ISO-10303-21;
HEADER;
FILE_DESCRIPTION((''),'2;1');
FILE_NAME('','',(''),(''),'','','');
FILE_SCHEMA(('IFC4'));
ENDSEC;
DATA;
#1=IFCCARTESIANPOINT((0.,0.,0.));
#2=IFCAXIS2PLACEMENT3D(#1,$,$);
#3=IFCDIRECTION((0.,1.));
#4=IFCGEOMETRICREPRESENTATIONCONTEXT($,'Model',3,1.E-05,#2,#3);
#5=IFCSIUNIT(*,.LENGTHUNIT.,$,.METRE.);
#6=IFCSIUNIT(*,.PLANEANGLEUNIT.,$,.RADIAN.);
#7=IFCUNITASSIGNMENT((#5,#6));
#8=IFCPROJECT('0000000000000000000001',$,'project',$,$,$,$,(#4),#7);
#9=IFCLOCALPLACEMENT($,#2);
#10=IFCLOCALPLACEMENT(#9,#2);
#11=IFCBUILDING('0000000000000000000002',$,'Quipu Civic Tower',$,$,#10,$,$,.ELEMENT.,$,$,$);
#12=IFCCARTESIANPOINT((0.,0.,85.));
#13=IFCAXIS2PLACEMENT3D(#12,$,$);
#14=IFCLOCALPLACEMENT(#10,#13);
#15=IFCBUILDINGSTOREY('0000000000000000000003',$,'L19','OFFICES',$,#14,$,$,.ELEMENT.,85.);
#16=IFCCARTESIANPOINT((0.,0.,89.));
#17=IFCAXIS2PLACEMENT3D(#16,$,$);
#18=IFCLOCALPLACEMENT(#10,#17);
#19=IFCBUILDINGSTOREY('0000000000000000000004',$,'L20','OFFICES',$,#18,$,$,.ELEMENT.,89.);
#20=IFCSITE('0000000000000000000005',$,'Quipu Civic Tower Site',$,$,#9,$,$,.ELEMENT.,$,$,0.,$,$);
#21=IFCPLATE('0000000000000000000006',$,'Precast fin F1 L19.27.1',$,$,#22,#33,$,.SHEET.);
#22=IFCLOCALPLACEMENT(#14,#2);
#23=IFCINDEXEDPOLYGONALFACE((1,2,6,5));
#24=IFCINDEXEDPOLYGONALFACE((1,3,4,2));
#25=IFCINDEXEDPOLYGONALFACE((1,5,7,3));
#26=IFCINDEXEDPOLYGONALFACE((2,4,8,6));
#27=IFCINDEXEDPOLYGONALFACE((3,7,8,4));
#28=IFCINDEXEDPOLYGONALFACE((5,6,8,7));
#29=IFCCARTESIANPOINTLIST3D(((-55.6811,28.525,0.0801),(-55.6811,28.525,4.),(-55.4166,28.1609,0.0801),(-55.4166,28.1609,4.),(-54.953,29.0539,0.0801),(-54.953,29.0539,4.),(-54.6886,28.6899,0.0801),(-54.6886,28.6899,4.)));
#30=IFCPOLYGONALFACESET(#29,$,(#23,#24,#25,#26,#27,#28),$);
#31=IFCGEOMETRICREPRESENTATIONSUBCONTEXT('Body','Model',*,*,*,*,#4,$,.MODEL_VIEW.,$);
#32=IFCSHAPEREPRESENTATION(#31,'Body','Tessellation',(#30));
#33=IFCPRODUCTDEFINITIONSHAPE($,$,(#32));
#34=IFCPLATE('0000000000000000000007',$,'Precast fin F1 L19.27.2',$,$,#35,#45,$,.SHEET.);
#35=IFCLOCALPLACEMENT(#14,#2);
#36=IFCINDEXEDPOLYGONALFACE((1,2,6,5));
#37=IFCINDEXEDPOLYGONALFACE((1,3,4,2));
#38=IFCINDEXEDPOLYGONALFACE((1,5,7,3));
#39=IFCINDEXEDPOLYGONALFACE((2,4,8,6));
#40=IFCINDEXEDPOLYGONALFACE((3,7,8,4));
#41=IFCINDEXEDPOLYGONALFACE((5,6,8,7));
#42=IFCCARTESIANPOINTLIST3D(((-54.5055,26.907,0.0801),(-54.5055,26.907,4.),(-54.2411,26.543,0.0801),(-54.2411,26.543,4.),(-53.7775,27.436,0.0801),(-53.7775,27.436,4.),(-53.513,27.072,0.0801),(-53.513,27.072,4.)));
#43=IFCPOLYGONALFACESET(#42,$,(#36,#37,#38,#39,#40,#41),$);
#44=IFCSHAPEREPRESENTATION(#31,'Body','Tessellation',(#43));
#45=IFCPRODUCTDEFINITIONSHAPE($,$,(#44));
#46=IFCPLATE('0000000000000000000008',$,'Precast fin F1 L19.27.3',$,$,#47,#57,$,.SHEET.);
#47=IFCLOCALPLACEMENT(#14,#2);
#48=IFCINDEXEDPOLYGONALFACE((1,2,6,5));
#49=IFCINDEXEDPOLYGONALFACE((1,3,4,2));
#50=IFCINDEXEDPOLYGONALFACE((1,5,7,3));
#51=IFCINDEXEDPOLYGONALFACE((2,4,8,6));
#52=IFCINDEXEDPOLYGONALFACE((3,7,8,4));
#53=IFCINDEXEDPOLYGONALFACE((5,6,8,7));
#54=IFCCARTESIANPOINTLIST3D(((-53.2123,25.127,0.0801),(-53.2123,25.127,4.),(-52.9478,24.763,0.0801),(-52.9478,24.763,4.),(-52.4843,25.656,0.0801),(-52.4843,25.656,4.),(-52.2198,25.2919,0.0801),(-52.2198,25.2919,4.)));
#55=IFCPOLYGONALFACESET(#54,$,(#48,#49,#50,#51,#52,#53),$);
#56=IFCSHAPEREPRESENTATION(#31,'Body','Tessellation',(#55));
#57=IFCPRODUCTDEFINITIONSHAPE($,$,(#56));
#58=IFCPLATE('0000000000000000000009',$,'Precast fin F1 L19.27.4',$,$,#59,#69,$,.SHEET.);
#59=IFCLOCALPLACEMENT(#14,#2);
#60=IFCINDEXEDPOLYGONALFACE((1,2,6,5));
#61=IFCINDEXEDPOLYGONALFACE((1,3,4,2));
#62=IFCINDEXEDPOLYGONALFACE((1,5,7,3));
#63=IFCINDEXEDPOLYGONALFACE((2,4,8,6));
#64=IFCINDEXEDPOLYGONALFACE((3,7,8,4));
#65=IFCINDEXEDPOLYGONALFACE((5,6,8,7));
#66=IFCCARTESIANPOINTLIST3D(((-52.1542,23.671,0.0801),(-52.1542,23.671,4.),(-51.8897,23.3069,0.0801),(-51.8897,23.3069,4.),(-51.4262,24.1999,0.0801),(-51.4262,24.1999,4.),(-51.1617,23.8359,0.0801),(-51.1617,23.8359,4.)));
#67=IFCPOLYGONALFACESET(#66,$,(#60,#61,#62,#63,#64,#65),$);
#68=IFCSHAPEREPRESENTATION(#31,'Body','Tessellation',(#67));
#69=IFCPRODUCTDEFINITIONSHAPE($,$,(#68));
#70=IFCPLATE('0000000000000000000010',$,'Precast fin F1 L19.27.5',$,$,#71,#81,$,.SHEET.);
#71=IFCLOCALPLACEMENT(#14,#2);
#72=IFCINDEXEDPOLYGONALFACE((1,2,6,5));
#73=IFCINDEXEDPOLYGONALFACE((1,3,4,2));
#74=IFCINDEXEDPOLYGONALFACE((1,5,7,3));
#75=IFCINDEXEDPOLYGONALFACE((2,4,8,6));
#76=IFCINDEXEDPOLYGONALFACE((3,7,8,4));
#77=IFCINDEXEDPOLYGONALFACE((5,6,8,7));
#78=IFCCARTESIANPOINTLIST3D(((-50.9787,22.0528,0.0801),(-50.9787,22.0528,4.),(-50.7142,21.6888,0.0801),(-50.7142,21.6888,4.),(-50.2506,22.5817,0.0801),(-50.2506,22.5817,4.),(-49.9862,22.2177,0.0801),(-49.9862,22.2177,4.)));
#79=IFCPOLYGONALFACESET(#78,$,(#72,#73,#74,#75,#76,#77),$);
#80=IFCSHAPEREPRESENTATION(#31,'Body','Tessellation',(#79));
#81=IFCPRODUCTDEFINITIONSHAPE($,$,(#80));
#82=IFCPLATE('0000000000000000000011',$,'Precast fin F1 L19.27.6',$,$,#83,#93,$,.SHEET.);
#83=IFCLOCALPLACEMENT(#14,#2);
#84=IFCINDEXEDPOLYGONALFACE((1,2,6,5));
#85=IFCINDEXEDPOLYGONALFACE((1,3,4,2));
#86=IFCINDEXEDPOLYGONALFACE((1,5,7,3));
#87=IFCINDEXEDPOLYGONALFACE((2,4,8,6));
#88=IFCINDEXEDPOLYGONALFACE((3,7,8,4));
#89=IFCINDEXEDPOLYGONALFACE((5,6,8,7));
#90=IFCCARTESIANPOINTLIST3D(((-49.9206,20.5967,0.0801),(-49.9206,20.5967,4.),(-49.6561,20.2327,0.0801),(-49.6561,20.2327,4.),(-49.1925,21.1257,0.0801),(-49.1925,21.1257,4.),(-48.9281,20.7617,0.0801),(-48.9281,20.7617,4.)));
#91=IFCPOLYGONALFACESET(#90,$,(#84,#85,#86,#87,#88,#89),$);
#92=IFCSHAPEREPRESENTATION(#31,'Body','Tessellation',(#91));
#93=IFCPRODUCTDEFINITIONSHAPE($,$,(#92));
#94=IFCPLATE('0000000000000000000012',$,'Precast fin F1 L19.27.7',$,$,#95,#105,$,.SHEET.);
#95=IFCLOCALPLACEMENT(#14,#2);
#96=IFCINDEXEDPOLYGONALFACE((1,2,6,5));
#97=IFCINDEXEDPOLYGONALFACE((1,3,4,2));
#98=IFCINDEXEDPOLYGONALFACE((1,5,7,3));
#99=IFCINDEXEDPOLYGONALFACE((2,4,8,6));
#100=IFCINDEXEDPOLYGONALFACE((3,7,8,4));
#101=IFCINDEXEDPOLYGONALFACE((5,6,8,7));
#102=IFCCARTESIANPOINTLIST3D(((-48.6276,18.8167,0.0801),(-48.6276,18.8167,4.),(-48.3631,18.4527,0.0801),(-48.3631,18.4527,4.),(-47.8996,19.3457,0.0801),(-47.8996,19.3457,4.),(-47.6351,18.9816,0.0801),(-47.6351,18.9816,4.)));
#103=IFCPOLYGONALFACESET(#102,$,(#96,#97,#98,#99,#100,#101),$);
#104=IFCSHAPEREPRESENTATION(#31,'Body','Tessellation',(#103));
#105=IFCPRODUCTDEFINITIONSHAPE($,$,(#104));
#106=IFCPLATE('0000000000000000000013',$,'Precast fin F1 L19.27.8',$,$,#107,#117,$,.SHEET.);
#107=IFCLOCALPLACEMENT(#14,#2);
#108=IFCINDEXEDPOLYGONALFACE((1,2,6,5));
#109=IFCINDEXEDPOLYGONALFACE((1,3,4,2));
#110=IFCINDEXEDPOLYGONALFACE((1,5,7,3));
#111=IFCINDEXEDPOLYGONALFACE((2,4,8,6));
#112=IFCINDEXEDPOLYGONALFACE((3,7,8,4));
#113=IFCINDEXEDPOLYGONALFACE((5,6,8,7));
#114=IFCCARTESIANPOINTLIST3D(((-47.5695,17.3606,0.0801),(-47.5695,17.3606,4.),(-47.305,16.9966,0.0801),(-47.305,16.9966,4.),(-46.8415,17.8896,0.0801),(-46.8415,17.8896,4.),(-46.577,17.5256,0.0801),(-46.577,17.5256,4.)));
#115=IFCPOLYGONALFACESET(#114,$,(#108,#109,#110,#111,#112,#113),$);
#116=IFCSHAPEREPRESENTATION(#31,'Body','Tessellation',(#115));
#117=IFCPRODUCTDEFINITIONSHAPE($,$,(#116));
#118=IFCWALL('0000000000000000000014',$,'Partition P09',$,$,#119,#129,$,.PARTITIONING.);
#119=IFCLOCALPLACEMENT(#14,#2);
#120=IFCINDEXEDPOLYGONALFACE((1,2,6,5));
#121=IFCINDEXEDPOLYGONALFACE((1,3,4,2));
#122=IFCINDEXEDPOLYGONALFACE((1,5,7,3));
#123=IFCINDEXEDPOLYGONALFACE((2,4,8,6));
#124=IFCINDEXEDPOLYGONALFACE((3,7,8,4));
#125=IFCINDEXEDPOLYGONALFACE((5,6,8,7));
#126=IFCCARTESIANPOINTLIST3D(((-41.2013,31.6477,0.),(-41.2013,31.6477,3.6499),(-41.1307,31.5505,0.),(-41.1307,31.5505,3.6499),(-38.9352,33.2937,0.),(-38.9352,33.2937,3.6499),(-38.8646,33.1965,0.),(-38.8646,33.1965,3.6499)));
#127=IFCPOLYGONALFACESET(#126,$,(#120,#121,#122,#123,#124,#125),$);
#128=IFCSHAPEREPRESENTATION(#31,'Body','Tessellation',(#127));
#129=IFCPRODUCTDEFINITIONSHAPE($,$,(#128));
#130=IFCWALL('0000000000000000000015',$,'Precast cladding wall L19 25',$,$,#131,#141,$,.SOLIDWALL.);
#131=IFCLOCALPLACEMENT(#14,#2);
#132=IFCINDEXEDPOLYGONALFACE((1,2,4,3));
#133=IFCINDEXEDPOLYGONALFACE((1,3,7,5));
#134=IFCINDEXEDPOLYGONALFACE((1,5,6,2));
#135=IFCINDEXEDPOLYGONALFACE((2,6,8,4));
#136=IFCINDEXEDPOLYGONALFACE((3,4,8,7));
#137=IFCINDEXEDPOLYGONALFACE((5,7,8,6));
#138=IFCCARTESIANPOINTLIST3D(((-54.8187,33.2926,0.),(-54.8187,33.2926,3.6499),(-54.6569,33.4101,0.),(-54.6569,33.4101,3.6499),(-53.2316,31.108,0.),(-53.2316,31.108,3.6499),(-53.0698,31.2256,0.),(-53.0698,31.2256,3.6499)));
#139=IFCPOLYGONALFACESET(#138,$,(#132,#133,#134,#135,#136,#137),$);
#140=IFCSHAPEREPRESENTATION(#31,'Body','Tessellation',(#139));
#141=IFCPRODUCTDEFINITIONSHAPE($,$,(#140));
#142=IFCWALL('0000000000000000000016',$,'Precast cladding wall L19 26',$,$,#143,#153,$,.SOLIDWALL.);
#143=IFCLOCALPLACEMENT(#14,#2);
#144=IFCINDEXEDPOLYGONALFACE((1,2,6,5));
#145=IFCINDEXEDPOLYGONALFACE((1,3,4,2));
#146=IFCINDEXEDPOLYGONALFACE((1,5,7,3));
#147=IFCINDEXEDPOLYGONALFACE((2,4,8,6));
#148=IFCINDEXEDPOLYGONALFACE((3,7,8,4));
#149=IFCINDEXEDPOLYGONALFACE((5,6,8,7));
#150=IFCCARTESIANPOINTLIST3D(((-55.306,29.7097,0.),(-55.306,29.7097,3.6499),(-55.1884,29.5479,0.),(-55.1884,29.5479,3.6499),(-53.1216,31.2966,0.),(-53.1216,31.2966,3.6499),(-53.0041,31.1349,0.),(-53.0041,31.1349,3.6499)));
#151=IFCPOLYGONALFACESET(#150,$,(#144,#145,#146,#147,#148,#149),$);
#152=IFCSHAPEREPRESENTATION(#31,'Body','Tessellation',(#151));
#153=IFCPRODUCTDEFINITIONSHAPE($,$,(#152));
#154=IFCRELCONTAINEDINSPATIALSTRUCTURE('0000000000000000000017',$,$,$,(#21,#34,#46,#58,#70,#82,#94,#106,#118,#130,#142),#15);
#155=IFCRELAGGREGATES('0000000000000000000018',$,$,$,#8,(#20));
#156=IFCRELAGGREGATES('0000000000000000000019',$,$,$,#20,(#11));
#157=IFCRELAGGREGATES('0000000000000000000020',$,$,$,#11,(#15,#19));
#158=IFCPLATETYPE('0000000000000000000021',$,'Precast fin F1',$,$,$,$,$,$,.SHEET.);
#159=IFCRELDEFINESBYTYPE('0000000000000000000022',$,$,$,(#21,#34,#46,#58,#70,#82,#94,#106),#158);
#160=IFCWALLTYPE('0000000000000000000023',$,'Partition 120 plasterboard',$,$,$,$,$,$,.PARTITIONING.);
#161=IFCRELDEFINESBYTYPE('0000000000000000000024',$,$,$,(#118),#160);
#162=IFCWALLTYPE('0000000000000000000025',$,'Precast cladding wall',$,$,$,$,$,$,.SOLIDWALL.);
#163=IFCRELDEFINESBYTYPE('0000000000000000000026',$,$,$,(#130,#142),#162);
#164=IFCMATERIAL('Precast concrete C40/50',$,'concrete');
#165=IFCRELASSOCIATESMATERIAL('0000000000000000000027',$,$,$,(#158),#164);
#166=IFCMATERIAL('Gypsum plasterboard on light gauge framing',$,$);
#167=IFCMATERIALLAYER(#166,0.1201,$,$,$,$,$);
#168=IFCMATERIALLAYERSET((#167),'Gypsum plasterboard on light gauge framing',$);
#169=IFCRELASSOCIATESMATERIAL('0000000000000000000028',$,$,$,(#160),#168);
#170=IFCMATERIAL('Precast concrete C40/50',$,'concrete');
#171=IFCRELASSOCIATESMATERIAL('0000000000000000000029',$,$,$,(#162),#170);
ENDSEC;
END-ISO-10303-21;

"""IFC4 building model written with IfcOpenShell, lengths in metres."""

from ifc_helpers import new_model, si_unit, direction, frame, frame_2d, origin, origin_2d, place, context, subcontext, project, spatial, rectangle, extrude, material, layer, layer_set, type_object, element, save


model = new_model("IFC4")

# Units and contexts
model_context = context("Model", 3, precision=1e-05, world=origin(), true_north=direction((0.0, 1.0)))
body_context = subcontext(model_context, "Body", "Model", "MODEL_VIEW")
ifc_project = project(units=[si_unit("LENGTHUNIT", "METRE"), si_unit("PLANEANGLEUNIT", "RADIAN")], contexts=[model_context])

# Site, building, storey
site_placement = place(None, origin())
site = spatial("IfcSite", under=ifc_project, at=site_placement, Name="Quipu Civic Tower Site", CompositionType="ELEMENT", RefElevation=0.0)
building_placement = place(site_placement, origin())
building = spatial("IfcBuilding", under=site, at=building_placement, Name="Quipu Civic Tower", CompositionType="ELEMENT")
storey_1_placement = place(building_placement, frame((0.0, 0.0, 85.0)))
storey_1 = spatial("IfcBuildingStorey", under=building, at=storey_1_placement, Name="L19", Description="OFFICES", CompositionType="ELEMENT", Elevation=85.0)

# Shared definitions
storey_2_placement = place(building_placement, frame((0.0, 0.0, 89.0)))
storey_2 = spatial("IfcBuildingStorey", under=building, at=storey_2_placement, Name="L20", Description="OFFICES", CompositionType="ELEMENT", Elevation=89.0)

# Plates
ifc_material_1 = material(Name="Precast concrete C40/50", Category="concrete")
plate_type_1 = type_object("IfcPlateType", Name="Precast fin F1", PredefinedType="SHEET", material=ifc_material_1)
for number, where, z_axis, x_axis, name in (
    (1, (-55.1848, 28.6074, 0.0801), (0.0, 0.0, 1.0), (0.587786, -0.809017, 0.0), "Precast fin F1 L19.27.1"),
    (2, (-54.0093, 26.9895, 0.0801), (0.0, 0.0, 1.0), (0.587786, -0.809017, 0.0), "Precast fin F1 L19.27.2"),
    (3, (-52.7161, 25.2095, 0.0801), (0.0, 0.0, 1.0), (0.587786, -0.809017, 0.0), "Precast fin F1 L19.27.3"),
    (4, (-51.658, 23.7534, 0.0801), (0.0, 0.0, 1.0), (0.587786, -0.809017, 0.0), "Precast fin F1 L19.27.4"),
    (5, (-50.4824, 22.1353, 0.0801), (0.0, 0.0, 1.0), (0.587786, -0.809017, 0.0), "Precast fin F1 L19.27.5"),
    (6, (-49.4243, 20.6792, 0.0801), (0.0, 0.0, 1.0), (0.587786, -0.809017, 0.0), "Precast fin F1 L19.27.6"),
    (7, (-48.1313, 18.8992, 0.0801), (0.0, 0.0, 1.0), (0.587786, -0.809017, 0.0), "Precast fin F1 L19.27.7"),
    (8, (-47.0732, 17.4431, 0.0801), (0.0, 0.0, 1.0), (0.587786, -0.809017, 0.0), "Precast fin F1 L19.27.8"),
):
    element("IfcPlate", number, at=place(storey_1_placement, frame(where, z_axis=z_axis, x_axis=x_axis)), inside=storey_1, type_object=plate_type_1, Name=name, PredefinedType="SHEET", context=body_context, shape_type="SweptSolid", body=[
        extrude(rectangle(XDim=0.45, YDim=0.8999, at=origin_2d()), origin(), (0.0, 0.0, 1.0), 3.9199),
    ])

# Walls
ifc_material_2 = material(Name="Gypsum plasterboard on light gauge framing")
ifc_layer_1 = layer(ifc_material_2, 0.1201)
ifc_layer_set_1 = layer_set([ifc_layer_1], Name="Gypsum plasterboard on light gauge framing")
wall_type_1 = type_object("IfcWallType", Name="Partition 120 plasterboard", PredefinedType="PARTITIONING", material=ifc_layer_set_1)
wall_1_placement = place(storey_1_placement, frame((-41.166, 31.5991, 0.0), z_axis=(0.0, 0.0, 1.0), x_axis=(0.80909, 0.587684, 0.0)))
element("IfcWall", 9, at=wall_1_placement, inside=storey_1, type_object=wall_type_1, Name="Partition P09", PredefinedType="PARTITIONING", context=body_context, shape_type="SweptSolid", body=[
    extrude(rectangle(XDim=2.8008, YDim=0.1201, at=frame_2d((1.4004, 0.0))), origin(), (0.0, 0.0, 1.0), 3.6499),
])
ifc_material_3 = material(Name="Precast concrete C40/50", Category="concrete")
wall_type_2 = type_object("IfcWallType", Name="Precast cladding wall", PredefinedType="SOLIDWALL", material=ifc_material_3)
wall_2_placement = place(storey_1_placement, frame((-54.7378, 33.3513, 0.0), z_axis=(0.0, 0.0, 1.0), x_axis=(0.587779, -0.809021, 0.0)))
element("IfcWall", 10, at=wall_2_placement, inside=storey_1, type_object=wall_type_2, Name="Precast cladding wall L19 25", PredefinedType="SOLIDWALL", context=body_context, shape_type="SweptSolid", body=[
    extrude(rectangle(XDim=2.7002, YDim=0.2, at=frame_2d((1.3501, 0.0))), origin(), (0.0, 0.0, 1.0), 3.6499),
])
wall_3_placement = place(storey_1_placement, frame((-53.0627, 31.2158, 0.0), z_axis=(0.0, 0.0, 1.0), x_axis=(-0.809033, -0.587763, 0.0)))
element("IfcWall", 11, at=wall_3_placement, inside=storey_1, type_object=wall_type_2, Name="Precast cladding wall L19 26", PredefinedType="SOLIDWALL", context=body_context, shape_type="SweptSolid", body=[
    extrude(rectangle(XDim=2.7, YDim=0.2, at=frame_2d((1.3501, 0.0))), origin(), (0.0, 0.0, 1.0), 3.6499),
])

save(model, "model.ifc")
